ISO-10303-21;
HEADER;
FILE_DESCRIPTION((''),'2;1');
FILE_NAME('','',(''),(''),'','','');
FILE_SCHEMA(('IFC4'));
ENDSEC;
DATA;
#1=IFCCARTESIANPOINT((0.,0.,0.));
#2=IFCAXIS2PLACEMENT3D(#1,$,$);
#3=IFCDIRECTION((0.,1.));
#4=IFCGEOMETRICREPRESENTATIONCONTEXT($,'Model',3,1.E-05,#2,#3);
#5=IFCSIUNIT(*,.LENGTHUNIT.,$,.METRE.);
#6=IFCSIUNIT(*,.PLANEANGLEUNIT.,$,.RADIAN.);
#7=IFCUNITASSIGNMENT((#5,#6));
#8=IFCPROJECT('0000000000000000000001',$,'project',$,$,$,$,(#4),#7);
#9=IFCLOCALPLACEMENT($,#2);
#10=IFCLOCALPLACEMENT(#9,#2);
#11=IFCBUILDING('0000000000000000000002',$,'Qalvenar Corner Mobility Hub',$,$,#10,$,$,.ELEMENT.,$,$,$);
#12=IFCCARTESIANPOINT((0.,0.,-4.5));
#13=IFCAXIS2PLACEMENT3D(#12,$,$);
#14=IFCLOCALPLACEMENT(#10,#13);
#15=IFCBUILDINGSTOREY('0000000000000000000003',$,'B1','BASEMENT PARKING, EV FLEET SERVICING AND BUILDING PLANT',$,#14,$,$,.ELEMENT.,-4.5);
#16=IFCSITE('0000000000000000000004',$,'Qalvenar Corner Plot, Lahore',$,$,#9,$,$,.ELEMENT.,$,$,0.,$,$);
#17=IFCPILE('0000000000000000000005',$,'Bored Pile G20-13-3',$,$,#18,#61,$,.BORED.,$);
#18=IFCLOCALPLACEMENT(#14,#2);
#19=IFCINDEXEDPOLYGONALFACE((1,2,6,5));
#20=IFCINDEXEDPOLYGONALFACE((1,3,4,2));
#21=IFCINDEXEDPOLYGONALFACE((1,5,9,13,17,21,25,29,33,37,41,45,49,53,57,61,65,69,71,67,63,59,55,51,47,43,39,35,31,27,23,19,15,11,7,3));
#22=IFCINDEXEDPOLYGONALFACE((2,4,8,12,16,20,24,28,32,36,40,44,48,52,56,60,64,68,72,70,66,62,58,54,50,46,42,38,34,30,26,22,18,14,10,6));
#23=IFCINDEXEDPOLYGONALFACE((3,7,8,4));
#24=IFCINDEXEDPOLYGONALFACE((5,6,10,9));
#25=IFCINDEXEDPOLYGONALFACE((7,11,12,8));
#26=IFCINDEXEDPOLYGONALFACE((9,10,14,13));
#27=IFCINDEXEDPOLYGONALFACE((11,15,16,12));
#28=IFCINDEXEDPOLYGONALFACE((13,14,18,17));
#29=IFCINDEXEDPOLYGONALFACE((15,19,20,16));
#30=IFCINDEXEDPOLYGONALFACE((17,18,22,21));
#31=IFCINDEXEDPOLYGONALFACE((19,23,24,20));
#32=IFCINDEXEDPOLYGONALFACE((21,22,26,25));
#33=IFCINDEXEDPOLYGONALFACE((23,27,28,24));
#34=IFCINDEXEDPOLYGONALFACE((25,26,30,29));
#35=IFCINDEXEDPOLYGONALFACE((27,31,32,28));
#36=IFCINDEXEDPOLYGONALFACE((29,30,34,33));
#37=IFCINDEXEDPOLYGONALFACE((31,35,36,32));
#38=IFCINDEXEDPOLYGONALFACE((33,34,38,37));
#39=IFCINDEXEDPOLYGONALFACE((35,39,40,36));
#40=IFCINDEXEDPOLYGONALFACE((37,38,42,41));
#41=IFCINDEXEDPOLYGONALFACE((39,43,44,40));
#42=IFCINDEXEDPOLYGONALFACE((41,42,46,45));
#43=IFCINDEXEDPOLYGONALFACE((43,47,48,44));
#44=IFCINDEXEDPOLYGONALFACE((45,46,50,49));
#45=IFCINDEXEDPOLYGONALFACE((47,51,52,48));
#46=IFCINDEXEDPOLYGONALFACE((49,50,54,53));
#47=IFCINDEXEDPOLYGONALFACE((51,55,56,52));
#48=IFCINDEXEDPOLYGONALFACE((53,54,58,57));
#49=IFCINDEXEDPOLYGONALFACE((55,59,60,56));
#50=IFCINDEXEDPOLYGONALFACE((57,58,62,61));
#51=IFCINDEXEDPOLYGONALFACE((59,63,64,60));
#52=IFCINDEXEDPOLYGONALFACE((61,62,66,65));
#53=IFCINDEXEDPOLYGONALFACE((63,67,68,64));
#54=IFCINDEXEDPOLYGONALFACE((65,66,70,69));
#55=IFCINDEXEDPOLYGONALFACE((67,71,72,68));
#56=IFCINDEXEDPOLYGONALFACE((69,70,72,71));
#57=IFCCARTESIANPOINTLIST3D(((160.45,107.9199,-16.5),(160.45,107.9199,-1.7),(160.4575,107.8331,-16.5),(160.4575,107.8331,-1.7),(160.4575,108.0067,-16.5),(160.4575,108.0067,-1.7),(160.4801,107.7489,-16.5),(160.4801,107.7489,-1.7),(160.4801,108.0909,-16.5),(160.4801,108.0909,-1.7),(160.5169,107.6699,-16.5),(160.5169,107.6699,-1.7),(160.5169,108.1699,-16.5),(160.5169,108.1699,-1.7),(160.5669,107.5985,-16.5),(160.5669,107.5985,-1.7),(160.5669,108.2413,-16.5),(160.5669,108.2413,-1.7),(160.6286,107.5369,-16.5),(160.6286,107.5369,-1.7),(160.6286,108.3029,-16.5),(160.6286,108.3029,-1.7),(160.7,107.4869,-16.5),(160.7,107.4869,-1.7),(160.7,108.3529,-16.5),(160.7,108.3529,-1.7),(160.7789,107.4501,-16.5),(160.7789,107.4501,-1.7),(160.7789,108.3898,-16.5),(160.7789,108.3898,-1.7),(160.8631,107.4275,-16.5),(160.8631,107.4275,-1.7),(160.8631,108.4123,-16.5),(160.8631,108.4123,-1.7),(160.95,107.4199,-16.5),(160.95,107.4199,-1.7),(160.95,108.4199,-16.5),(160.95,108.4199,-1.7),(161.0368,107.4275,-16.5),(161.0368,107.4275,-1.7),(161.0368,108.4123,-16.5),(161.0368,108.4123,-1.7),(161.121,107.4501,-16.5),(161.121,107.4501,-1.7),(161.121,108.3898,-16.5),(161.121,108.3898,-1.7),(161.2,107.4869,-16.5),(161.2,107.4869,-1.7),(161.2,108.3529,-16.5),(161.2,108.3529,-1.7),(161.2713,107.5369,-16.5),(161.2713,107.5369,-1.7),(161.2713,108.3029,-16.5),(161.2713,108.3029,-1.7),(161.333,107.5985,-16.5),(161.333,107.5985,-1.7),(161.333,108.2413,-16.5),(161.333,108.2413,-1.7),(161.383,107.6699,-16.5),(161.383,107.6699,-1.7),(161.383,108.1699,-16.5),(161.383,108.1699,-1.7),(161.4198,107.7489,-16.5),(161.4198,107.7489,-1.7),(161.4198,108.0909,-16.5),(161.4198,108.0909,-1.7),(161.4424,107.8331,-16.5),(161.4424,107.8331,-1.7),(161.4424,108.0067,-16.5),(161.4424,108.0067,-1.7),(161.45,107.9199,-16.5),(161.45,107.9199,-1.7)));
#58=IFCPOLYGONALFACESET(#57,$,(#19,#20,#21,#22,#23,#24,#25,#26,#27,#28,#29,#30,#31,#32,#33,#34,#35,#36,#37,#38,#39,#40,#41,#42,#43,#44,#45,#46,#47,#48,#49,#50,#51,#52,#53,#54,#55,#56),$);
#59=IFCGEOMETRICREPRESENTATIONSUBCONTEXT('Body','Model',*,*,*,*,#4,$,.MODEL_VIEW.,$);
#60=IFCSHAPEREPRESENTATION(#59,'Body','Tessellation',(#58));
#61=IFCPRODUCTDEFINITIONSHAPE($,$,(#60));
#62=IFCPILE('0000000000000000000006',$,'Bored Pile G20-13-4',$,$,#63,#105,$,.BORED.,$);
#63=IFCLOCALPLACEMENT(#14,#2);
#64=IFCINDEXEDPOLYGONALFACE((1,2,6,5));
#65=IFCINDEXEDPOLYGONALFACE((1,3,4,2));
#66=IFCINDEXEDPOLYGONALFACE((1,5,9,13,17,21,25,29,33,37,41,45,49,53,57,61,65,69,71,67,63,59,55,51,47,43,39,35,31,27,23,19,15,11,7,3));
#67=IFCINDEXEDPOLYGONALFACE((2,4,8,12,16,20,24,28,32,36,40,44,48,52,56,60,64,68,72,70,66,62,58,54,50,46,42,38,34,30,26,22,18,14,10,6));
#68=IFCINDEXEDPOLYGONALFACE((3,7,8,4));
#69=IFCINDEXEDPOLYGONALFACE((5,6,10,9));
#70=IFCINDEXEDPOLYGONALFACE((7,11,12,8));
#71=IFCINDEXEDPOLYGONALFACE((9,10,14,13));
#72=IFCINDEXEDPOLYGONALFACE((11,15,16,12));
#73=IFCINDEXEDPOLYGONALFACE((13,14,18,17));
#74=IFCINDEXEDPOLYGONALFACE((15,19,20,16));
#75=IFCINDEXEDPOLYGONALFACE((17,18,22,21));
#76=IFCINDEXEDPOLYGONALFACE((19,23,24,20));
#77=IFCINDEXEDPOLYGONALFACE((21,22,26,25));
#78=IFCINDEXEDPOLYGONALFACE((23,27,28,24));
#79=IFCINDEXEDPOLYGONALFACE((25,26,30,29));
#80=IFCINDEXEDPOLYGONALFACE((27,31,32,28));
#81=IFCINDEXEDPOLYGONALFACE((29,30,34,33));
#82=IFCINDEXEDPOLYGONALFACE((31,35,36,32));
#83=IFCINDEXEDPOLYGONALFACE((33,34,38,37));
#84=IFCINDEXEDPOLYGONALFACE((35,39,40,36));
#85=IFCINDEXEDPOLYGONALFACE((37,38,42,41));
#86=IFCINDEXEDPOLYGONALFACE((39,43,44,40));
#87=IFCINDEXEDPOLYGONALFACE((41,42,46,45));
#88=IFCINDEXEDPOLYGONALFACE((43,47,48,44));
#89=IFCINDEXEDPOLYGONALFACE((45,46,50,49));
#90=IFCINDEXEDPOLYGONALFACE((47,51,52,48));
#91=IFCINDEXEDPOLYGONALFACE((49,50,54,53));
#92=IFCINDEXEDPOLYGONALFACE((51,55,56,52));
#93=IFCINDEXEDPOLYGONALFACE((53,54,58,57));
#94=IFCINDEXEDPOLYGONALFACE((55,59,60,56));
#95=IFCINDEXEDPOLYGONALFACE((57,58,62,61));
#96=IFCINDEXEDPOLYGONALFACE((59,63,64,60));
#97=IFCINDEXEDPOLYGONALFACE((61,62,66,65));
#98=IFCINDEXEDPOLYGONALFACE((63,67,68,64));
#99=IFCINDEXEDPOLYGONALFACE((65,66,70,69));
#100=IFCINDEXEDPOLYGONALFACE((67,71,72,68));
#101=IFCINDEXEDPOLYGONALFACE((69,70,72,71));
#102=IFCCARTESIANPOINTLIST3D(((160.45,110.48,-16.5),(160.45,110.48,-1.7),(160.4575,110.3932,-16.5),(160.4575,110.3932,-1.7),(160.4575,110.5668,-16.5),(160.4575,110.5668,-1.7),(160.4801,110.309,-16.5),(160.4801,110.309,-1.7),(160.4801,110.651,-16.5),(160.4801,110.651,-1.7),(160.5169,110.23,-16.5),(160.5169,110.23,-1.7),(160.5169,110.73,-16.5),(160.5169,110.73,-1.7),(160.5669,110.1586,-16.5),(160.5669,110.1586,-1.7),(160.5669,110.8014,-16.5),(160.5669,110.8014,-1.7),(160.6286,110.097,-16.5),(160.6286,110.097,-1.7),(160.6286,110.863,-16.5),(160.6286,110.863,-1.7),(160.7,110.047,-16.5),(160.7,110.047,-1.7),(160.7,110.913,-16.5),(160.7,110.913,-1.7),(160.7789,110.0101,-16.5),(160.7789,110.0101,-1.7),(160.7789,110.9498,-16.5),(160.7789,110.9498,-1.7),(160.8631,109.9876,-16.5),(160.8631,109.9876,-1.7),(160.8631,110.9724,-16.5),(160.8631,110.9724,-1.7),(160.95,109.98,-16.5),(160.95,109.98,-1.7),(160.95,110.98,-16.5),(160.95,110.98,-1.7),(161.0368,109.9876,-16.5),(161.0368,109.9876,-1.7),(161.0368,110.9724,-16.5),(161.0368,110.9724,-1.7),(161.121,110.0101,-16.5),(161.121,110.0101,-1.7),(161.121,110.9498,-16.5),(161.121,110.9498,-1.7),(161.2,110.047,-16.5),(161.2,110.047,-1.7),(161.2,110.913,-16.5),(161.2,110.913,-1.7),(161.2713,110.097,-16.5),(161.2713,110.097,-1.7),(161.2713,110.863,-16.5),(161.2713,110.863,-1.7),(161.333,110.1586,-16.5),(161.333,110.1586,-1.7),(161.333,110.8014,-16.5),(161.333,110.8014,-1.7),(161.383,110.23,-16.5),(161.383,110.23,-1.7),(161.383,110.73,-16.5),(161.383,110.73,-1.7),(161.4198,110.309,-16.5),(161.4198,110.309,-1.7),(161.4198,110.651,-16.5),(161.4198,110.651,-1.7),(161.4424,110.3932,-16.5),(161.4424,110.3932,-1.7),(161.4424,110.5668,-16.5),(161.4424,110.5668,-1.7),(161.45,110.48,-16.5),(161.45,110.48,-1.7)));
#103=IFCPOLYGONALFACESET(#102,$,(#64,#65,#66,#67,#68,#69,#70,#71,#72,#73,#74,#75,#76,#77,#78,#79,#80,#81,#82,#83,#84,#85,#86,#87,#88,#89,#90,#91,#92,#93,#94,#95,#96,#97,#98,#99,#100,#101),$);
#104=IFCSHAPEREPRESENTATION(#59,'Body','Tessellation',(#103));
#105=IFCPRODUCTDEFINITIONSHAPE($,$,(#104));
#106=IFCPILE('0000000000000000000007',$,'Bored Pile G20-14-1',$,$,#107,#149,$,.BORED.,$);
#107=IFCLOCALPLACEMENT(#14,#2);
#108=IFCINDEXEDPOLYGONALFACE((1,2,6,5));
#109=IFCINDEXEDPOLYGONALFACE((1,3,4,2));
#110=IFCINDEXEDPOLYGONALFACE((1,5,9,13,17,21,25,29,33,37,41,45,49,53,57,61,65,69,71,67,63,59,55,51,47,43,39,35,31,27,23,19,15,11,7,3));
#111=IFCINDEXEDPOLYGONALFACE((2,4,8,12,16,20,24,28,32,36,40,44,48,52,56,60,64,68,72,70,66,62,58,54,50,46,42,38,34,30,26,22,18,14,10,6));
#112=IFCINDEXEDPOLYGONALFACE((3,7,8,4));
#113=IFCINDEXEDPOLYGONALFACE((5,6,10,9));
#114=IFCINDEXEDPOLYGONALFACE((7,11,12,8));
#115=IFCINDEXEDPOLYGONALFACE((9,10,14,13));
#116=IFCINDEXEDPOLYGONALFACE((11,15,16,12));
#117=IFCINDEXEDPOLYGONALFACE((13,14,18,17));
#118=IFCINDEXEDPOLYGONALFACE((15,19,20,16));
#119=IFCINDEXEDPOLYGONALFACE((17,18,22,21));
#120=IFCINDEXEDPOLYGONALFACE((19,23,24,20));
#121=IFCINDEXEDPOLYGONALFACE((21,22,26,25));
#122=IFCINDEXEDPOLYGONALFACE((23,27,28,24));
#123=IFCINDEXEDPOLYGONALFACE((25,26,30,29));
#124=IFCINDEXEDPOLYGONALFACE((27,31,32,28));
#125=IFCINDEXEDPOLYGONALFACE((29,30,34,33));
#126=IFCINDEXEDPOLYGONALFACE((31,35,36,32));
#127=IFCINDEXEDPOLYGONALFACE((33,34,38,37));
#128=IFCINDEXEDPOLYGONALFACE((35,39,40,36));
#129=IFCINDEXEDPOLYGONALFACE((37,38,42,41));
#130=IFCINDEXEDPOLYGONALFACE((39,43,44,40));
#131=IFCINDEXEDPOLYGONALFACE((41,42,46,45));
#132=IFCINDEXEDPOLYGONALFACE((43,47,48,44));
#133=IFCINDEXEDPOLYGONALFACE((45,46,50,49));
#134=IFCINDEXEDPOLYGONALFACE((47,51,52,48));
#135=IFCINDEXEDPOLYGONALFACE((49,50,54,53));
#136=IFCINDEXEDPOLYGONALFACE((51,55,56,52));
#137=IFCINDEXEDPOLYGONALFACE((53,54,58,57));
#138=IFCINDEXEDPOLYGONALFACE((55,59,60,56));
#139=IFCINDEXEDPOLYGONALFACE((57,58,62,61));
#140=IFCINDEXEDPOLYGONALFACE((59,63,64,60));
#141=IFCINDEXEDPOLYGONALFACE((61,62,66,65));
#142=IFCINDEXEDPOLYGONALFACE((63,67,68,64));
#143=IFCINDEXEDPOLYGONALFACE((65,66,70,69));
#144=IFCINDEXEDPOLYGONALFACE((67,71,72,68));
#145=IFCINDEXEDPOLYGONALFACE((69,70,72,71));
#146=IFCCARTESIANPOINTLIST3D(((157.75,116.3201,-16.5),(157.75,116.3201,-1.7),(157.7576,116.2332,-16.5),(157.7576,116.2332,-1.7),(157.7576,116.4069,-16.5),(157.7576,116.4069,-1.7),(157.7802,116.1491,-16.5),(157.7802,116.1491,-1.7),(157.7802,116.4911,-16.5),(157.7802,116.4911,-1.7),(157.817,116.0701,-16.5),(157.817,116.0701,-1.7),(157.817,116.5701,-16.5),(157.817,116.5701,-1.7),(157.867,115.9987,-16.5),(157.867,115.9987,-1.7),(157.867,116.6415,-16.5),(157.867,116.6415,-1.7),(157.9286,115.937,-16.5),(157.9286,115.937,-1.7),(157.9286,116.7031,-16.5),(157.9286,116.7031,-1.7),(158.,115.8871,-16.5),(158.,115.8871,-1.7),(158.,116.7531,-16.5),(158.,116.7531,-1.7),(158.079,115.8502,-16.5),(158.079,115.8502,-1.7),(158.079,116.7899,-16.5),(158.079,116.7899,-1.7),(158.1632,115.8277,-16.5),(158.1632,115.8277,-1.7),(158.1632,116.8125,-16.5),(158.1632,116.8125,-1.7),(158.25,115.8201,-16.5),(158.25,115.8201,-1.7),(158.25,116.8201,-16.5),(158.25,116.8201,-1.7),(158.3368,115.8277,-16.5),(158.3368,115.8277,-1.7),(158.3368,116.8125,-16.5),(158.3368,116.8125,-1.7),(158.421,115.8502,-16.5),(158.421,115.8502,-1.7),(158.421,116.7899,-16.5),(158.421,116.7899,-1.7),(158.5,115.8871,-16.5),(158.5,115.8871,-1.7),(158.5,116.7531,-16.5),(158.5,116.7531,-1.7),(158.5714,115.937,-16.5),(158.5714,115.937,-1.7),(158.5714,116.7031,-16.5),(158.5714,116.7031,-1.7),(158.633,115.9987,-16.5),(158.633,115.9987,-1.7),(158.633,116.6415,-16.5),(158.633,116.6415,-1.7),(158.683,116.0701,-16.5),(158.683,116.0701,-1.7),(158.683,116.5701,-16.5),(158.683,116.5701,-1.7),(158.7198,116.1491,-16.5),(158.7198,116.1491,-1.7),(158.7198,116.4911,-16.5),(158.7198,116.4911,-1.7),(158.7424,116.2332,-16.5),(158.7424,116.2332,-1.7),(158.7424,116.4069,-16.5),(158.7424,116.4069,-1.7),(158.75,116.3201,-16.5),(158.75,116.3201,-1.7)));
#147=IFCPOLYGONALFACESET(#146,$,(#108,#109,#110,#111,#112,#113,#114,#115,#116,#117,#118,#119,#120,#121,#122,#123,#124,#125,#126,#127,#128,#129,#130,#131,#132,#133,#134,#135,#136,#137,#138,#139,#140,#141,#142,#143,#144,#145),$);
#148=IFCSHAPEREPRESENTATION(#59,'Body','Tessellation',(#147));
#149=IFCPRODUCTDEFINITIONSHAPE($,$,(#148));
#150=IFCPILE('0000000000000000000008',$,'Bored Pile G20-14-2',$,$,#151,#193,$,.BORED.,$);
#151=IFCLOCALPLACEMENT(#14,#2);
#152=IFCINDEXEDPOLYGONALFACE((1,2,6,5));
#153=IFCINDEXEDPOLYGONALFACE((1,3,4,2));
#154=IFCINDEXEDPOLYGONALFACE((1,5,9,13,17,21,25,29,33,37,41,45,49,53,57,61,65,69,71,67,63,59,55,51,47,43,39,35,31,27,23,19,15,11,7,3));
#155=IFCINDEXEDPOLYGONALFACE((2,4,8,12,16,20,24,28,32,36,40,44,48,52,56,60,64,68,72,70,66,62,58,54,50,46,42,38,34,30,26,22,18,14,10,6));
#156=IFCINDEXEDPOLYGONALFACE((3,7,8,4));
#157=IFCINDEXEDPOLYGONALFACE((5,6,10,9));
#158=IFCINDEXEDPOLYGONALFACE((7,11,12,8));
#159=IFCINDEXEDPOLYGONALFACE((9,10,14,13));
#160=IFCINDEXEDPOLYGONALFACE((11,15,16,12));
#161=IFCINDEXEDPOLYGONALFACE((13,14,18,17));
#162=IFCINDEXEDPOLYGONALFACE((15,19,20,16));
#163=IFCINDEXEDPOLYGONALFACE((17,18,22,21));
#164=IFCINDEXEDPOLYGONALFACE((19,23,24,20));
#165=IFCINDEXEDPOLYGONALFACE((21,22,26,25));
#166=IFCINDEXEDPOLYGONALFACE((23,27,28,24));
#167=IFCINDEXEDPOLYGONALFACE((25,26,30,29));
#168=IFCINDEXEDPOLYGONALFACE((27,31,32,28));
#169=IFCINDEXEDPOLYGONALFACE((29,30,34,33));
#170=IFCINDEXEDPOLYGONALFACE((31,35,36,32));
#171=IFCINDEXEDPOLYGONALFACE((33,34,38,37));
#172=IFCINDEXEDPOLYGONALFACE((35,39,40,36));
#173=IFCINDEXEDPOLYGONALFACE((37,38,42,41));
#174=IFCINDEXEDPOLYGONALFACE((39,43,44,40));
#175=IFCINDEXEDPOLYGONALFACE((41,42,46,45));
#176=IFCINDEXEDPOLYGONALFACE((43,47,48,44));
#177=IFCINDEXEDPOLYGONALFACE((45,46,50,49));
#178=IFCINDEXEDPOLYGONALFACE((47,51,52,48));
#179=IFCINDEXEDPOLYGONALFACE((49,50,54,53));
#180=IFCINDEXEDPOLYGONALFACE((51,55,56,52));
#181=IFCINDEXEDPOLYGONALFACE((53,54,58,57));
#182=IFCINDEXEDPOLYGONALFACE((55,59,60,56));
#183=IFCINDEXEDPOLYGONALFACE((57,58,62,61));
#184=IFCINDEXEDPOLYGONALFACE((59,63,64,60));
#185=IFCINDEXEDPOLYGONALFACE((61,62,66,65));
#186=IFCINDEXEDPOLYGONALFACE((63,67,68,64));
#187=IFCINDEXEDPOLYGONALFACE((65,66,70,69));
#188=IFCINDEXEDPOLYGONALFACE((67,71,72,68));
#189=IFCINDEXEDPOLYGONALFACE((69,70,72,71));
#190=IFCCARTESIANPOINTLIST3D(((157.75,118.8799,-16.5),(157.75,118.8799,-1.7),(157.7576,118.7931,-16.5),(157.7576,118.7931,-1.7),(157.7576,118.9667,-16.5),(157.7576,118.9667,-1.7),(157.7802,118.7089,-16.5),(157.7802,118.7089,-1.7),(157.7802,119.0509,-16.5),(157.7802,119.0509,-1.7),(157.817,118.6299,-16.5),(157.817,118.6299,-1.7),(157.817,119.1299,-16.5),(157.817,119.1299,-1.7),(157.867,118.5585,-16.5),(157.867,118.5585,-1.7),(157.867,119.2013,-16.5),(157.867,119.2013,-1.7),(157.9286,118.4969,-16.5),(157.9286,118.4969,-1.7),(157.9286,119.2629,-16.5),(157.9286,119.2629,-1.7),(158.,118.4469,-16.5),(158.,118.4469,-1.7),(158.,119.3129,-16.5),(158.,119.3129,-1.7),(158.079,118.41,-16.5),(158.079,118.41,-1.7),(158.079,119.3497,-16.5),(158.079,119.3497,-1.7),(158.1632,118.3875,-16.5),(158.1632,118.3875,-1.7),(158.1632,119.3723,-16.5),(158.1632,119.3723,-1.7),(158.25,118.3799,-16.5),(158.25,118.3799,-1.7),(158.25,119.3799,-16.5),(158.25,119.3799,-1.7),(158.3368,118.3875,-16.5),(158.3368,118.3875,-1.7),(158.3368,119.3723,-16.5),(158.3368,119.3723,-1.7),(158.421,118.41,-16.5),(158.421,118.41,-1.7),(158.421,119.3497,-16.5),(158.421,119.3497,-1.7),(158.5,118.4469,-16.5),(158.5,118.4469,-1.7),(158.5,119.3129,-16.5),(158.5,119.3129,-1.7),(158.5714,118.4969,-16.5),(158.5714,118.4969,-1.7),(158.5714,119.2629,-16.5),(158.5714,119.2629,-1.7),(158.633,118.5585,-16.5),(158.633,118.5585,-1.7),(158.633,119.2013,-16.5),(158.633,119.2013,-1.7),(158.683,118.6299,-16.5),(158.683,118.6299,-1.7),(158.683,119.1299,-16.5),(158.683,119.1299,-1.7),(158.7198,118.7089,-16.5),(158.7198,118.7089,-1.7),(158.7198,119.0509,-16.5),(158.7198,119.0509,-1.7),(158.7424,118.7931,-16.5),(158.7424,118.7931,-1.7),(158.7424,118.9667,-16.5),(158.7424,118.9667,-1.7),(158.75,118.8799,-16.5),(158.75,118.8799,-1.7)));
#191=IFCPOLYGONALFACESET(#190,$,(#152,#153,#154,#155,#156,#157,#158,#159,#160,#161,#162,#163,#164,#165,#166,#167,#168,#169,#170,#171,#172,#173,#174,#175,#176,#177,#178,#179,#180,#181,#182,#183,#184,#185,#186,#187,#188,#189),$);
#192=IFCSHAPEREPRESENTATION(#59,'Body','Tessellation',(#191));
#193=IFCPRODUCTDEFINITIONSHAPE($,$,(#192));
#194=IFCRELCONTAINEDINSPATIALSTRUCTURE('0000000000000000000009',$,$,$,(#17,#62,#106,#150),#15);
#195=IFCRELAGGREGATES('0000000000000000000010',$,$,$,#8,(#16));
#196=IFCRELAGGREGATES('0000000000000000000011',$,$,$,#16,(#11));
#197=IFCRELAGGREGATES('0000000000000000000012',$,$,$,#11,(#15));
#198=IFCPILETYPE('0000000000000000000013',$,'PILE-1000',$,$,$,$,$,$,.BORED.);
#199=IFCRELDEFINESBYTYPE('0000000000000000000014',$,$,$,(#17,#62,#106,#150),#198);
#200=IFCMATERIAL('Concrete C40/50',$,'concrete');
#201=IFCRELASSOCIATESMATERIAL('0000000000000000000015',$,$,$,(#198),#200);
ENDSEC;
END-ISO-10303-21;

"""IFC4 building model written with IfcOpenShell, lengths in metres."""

from ifc_helpers import new_model, si_unit, direction, frame, origin, origin_2d, place, context, subcontext, project, spatial, circle, extrude, material, material_profile, profile_set, type_object, element, save


model = new_model("IFC4")

# Units and contexts
model_context = context("Model", 3, precision=1e-05, world=origin(), true_north=direction((0.0, 1.0)))
body_context = subcontext(model_context, "Body", "Model", "MODEL_VIEW")
ifc_project = project(units=[si_unit("LENGTHUNIT", "METRE"), si_unit("PLANEANGLEUNIT", "RADIAN")], contexts=[model_context])

# Site, building, storey
site_placement = place(None, origin())
site = spatial("IfcSite", under=ifc_project, at=site_placement, Name="Qalvenar Corner Plot, Lahore", CompositionType="ELEMENT", RefElevation=0.0)
building_placement = place(site_placement, origin())
building = spatial("IfcBuilding", under=site, at=building_placement, Name="Qalvenar Corner Mobility Hub", CompositionType="ELEMENT")
storey_placement = place(building_placement, frame((0.0, 0.0, -4.5)))
storey = spatial("IfcBuildingStorey", under=building, at=storey_placement, Name="B1", Description="BASEMENT PARKING, EV FLEET SERVICING AND BUILDING PLANT", CompositionType="ELEMENT", Elevation=-4.5)

# Shared definitions
ifc_material_1 = material(Name="Concrete C40/50", Category="concrete")

# Piles
ifc_material_profile_1 = material_profile(ifc_material_1, circle(Radius=0.5, at=origin_2d()), Name="DIA1000")
ifc_profile_set_1 = profile_set([ifc_material_profile_1], Name="Concrete C40/50")
pile_type = type_object("IfcPileType", Name="PILE-1000", PredefinedType="BORED", material=ifc_profile_set_1)
for number, where, z_axis, x_axis, name in (
    (1, (160.95, 107.9199, -1.7), (0.0, 0.0, -1.0), (1.0, 0.0, 0.0), "Bored Pile G20-13-3"),
    (2, (160.95, 110.48, -1.7), (0.0, 0.0, -1.0), (1.0, 0.0, 0.0), "Bored Pile G20-13-4"),
    (3, (158.25, 116.3201, -1.7), (0.0, 0.0, -1.0), (1.0, 0.0, 0.0), "Bored Pile G20-14-1"),
    (4, (158.25, 118.8799, -1.7), (0.0, 0.0, -1.0), (1.0, 0.0, 0.0), "Bored Pile G20-14-2"),
):
    element("IfcPile", number, at=place(storey_placement, frame(where, z_axis=z_axis, x_axis=x_axis)), inside=storey, type_object=pile_type, Name=name, PredefinedType="BORED", context=body_context, shape_type="SweptSolid", body=[
        extrude(circle(Radius=0.5, at=origin_2d()), origin(), (0.0, 0.0, 1.0), 14.8),
    ])

save(model, "model.ifc")
